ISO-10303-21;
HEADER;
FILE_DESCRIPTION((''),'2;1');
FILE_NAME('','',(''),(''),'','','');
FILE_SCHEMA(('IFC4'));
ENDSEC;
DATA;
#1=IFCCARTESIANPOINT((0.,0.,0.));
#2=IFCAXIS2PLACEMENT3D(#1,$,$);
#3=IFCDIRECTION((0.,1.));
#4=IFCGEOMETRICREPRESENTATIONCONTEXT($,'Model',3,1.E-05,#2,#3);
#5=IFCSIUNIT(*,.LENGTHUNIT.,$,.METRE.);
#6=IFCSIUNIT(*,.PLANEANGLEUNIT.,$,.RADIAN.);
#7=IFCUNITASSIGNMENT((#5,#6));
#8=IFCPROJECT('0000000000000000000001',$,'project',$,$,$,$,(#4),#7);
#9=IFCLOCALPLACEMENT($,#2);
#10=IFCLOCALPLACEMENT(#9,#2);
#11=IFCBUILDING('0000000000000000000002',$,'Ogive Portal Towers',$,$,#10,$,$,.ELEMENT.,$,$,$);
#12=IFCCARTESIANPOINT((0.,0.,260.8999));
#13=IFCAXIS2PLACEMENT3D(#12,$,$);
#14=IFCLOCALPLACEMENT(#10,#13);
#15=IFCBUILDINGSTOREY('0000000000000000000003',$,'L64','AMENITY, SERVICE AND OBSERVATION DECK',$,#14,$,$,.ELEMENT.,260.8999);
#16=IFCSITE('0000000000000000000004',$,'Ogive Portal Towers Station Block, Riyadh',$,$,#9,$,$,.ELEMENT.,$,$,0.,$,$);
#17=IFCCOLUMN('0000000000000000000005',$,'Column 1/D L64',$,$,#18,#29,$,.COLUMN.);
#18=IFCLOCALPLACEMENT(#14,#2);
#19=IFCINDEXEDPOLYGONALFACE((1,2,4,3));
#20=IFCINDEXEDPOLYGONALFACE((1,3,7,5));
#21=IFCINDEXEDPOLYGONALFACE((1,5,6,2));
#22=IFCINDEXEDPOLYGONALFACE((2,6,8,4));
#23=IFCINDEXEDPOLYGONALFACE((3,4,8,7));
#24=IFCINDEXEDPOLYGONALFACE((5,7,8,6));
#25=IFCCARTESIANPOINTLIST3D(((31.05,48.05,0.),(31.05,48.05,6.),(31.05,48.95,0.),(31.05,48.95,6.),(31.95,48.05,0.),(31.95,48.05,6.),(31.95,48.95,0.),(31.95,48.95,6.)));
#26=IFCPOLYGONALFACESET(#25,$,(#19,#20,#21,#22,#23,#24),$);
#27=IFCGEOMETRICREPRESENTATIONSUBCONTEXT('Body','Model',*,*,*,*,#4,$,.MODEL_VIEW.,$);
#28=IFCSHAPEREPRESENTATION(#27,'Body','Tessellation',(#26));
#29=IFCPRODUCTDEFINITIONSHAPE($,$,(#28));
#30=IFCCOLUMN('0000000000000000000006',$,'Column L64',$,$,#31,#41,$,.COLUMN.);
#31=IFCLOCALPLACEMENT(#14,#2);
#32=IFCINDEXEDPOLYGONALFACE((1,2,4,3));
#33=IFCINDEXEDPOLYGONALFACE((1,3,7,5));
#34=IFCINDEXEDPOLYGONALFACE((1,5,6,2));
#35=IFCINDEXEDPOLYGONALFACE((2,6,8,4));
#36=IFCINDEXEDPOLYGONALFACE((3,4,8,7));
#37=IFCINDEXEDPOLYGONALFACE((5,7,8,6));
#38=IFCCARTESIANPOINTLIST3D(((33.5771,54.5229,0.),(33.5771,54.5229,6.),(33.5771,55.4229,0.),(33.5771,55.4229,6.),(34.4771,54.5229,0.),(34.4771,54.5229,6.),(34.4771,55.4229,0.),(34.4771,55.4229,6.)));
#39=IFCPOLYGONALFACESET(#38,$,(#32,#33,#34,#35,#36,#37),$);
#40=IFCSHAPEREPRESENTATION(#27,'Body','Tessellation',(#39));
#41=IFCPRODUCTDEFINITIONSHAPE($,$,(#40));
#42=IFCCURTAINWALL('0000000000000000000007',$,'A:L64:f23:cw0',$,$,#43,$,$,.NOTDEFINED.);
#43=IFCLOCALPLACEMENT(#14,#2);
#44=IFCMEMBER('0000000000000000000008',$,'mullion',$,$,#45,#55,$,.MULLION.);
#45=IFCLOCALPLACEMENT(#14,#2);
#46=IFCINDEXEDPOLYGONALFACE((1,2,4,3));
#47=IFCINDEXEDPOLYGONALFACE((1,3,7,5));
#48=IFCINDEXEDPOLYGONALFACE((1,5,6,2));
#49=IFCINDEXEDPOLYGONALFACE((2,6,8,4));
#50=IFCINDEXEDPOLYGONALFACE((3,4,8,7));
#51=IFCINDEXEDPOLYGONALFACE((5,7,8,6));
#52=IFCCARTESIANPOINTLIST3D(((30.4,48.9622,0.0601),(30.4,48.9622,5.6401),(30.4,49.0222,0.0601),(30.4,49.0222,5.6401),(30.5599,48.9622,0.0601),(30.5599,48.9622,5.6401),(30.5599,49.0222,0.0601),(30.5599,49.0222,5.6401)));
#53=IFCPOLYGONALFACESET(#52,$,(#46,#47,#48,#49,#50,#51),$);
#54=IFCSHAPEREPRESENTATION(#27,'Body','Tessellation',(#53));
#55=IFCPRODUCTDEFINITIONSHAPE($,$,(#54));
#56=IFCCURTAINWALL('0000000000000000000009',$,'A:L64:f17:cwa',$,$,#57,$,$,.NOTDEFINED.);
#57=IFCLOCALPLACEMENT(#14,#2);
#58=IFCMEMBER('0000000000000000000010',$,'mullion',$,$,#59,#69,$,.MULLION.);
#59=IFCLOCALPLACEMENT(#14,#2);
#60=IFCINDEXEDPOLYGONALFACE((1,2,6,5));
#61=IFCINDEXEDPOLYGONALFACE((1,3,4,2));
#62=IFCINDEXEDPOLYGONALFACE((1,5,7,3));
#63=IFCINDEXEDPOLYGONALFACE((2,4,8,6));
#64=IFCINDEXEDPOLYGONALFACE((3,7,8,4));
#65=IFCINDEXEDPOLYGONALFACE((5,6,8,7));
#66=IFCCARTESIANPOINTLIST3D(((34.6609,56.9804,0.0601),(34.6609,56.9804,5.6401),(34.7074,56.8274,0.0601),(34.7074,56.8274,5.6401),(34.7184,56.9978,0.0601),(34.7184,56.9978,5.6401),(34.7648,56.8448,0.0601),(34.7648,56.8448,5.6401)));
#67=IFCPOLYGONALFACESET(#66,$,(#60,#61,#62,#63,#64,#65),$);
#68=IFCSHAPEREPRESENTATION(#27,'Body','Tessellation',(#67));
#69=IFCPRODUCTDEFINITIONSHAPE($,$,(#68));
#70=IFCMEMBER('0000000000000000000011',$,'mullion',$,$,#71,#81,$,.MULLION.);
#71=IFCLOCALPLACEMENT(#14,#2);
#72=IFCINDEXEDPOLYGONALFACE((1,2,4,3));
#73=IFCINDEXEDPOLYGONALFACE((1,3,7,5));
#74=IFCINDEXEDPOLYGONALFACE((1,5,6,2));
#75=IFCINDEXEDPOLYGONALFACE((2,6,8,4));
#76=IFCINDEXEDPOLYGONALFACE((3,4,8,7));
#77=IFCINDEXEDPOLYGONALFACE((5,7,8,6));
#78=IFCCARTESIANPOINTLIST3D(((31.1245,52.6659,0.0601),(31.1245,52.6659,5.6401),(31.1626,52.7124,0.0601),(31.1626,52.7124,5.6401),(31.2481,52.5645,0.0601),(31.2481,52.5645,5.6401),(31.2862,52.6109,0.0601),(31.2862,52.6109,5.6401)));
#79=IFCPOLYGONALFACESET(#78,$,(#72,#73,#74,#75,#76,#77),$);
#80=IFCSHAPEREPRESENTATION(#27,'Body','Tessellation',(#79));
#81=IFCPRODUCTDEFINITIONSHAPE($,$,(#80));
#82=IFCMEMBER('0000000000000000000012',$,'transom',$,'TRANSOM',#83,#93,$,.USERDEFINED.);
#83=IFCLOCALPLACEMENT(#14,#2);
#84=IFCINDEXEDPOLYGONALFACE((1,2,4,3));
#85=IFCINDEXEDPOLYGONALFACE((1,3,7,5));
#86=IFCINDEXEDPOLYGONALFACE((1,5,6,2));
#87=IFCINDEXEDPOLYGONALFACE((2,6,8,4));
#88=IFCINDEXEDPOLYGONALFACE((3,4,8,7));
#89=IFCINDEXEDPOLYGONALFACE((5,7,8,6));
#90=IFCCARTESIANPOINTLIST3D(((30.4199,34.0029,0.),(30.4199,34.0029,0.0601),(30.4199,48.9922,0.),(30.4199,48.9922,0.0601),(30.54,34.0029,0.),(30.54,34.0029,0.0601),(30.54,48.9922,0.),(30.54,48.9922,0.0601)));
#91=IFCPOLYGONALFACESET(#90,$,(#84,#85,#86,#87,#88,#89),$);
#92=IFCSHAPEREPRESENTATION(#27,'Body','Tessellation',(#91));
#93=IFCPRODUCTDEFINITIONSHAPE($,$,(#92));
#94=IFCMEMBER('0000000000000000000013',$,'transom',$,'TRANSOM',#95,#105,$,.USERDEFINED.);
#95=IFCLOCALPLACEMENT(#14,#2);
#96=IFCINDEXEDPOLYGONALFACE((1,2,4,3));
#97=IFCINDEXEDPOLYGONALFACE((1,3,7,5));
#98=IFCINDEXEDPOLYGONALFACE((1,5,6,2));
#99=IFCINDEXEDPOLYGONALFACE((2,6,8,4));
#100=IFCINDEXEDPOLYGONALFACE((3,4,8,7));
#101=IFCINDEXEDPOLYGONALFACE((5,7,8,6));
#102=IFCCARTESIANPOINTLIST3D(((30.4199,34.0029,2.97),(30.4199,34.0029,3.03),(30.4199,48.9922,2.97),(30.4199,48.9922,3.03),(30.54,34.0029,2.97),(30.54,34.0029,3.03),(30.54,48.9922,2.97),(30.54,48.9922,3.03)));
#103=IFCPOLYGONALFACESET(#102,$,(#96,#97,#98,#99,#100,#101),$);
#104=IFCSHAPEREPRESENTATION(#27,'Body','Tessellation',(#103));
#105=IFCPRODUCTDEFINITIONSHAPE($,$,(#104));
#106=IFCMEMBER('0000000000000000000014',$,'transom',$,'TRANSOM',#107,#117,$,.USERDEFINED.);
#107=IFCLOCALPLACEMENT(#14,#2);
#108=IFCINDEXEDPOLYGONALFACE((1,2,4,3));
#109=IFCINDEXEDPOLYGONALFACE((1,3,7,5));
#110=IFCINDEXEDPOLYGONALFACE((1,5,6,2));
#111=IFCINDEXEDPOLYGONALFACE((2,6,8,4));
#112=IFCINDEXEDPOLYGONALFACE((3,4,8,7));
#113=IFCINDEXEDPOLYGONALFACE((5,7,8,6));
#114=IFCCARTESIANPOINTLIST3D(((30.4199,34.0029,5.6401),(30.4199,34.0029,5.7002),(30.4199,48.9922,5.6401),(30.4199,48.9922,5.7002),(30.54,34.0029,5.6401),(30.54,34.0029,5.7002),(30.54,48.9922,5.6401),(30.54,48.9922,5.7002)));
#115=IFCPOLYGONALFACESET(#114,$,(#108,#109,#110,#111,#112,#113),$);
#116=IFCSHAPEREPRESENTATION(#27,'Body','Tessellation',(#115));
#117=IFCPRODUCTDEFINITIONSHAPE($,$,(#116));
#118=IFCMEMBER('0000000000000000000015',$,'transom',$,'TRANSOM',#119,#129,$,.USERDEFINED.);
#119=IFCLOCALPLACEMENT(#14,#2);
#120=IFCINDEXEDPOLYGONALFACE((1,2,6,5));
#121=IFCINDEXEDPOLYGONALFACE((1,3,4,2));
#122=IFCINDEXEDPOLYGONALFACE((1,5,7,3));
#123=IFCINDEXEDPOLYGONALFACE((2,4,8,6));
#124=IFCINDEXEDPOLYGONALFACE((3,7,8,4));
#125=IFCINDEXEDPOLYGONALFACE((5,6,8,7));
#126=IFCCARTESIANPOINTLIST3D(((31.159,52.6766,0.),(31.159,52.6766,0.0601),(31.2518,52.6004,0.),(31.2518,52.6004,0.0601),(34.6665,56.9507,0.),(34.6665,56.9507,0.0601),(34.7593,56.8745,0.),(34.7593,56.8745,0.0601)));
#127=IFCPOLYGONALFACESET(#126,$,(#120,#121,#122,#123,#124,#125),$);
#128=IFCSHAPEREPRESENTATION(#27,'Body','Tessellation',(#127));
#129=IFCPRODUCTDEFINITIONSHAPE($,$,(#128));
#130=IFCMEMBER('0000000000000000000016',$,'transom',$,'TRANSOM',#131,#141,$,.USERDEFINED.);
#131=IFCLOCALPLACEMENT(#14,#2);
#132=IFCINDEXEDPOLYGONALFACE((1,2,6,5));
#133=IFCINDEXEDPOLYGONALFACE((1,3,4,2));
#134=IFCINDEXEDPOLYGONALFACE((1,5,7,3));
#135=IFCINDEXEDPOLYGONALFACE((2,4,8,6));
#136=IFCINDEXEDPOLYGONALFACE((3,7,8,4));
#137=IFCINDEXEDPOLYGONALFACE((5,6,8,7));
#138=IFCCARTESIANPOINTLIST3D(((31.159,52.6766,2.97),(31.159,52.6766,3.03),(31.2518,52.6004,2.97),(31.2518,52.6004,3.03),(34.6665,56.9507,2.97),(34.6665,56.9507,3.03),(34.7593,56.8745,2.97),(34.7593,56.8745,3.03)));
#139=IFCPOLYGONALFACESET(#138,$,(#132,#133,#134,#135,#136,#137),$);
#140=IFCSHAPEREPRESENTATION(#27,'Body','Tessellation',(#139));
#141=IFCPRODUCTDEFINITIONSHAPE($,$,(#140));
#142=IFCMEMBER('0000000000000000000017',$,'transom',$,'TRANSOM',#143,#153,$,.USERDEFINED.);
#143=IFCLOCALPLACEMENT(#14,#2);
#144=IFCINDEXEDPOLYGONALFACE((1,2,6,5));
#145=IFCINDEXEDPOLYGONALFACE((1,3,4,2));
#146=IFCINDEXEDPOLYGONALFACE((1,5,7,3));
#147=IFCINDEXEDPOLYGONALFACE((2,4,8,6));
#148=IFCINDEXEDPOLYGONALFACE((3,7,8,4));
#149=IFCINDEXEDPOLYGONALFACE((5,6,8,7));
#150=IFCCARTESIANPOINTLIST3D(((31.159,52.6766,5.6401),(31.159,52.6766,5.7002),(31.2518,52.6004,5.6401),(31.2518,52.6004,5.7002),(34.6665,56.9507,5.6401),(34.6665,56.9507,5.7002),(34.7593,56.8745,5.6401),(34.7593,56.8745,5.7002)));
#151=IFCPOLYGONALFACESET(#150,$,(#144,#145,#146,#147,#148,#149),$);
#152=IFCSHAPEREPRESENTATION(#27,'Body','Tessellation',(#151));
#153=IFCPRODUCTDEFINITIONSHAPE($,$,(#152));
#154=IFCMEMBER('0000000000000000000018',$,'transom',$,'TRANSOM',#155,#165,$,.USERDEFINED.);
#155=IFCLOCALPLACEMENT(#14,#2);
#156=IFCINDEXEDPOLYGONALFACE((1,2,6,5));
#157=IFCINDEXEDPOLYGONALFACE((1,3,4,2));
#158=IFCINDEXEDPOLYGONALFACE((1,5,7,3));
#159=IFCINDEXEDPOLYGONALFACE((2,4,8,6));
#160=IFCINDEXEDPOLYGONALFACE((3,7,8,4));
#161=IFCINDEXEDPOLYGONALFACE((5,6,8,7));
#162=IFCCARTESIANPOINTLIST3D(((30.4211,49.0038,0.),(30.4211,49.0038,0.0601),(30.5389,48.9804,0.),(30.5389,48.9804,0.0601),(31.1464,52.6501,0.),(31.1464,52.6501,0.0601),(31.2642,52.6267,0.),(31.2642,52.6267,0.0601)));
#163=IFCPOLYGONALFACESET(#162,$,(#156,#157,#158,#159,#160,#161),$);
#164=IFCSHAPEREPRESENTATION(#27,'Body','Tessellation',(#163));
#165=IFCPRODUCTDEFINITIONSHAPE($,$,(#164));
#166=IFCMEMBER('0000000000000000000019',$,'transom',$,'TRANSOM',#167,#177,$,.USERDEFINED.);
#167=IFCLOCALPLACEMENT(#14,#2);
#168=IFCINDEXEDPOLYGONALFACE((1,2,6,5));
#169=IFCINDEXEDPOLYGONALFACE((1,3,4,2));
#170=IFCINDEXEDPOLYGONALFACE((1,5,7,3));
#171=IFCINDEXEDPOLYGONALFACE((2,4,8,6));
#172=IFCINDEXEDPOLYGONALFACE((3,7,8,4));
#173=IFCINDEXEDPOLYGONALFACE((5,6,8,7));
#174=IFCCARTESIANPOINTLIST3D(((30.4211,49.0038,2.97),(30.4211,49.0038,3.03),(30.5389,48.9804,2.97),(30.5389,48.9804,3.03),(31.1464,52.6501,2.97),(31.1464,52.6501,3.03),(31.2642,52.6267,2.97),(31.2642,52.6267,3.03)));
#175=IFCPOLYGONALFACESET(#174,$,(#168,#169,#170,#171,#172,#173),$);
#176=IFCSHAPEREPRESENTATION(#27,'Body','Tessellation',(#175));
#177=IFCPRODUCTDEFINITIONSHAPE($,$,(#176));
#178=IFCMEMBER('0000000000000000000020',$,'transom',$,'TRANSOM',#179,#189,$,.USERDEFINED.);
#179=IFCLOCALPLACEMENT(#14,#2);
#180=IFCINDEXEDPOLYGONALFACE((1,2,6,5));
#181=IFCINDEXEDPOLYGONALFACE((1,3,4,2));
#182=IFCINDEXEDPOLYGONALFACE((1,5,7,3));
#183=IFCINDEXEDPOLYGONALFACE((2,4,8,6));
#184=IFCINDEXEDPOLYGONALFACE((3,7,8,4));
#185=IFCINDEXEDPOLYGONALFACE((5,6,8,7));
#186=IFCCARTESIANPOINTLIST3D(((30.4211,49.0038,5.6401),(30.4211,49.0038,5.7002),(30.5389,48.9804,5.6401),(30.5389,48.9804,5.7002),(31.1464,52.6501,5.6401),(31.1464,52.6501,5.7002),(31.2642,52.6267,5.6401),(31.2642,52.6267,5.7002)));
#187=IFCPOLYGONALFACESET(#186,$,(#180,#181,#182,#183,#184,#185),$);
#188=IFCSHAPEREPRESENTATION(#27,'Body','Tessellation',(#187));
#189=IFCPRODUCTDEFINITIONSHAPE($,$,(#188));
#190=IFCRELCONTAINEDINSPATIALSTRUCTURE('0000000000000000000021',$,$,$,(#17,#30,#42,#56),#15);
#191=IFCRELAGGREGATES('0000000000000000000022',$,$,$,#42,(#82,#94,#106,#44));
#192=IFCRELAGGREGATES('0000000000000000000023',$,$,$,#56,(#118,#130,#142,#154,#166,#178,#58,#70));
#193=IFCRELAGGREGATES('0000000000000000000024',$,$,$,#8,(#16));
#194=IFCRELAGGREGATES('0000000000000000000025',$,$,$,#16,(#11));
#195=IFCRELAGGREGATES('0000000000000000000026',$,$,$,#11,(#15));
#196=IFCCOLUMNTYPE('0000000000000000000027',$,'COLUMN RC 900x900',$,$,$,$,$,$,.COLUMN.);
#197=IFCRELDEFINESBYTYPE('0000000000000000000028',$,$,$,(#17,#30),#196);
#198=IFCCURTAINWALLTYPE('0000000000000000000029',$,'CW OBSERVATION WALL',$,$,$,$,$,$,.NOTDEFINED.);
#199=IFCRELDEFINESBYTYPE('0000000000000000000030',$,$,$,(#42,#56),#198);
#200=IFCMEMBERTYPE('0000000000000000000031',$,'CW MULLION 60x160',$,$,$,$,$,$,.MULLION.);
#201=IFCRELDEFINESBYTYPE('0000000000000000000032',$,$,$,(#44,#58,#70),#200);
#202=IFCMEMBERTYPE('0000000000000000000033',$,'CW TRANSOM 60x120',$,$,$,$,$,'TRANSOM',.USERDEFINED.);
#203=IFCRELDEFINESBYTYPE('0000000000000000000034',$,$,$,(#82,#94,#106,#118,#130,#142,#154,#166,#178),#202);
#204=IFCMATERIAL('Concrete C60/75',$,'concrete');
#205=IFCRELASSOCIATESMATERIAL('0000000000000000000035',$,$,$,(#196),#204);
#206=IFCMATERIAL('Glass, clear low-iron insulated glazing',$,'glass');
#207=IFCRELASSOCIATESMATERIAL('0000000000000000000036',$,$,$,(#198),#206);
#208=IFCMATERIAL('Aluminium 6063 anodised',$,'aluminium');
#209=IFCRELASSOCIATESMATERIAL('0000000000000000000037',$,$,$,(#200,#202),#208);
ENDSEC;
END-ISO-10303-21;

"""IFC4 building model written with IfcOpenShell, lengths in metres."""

from ifc_helpers import new_model, si_unit, direction, frame, origin, origin_2d, place, context, subcontext, project, spatial, rectangle, extrude, material, material_profile, profile_set, type_object, element, aggregate, save


model = new_model("IFC4")

# Units and contexts
model_context = context("Model", 3, precision=1e-05, world=origin(), true_north=direction((0.0, 1.0)))
body_context = subcontext(model_context, "Body", "Model", "MODEL_VIEW")
ifc_project = project(units=[si_unit("LENGTHUNIT", "METRE"), si_unit("PLANEANGLEUNIT", "RADIAN")], contexts=[model_context])

# Site, building, storey
site_placement = place(None, origin())
site = spatial("IfcSite", under=ifc_project, at=site_placement, Name="Ogive Portal Towers Station Block, Riyadh", CompositionType="ELEMENT", RefElevation=0.0)
building_placement = place(site_placement, origin())
building = spatial("IfcBuilding", under=site, at=building_placement, Name="Ogive Portal Towers", CompositionType="ELEMENT")
storey_placement = place(building_placement, frame((0.0, 0.0, 260.8999)))
storey = spatial("IfcBuildingStorey", under=building, at=storey_placement, Name="L64", Description="AMENITY, SERVICE AND OBSERVATION DECK", CompositionType="ELEMENT", Elevation=260.8999)

# Columns
ifc_material_1 = material(Name="Concrete C60/75", Category="concrete")
ifc_material_profile_1 = material_profile(ifc_material_1, rectangle(XDim=0.8999, YDim=0.8999, at=origin_2d()), Name="RC 900x900")
ifc_profile_set_1 = profile_set([ifc_material_profile_1], Name="Concrete C60/75")
column_type = type_object("IfcColumnType", Name="COLUMN RC 900x900", PredefinedType="COLUMN", material=ifc_profile_set_1)
for number, where, z_axis, x_axis, name in (
    (1, (31.5, 48.5, 0.0), (0.0, 0.0, 1.0), (1.0, 0.0, 0.0), "Column 1/D L64"),
    (2, (34.0271, 54.9729, 0.0), (0.0, 0.0, 1.0), (1.0, 0.0, 0.0), "Column L64"),
):
    element("IfcColumn", number, at=place(storey_placement, frame(where, z_axis=z_axis, x_axis=x_axis)), inside=storey, type_object=column_type, Name=name, PredefinedType="COLUMN", context=body_context, shape_type="SweptSolid", body=[
        extrude(rectangle(XDim=0.8999, YDim=0.8999, at=origin_2d()), origin(), (0.0, 0.0, 1.0), 6.0),
    ])

# Curtain wall, member
ifc_material_2 = material(Name="Glass, clear low-iron insulated glazing", Category="glass")
curtain_wall_type = type_object("IfcCurtainWallType", Name="CW OBSERVATION WALL", PredefinedType="NOTDEFINED", material=ifc_material_2)
curtain_wall_1_placement = place(storey_placement, origin())
curtain_wall_1 = element("IfcCurtainWall", 3, at=curtain_wall_1_placement, inside=storey, type_object=curtain_wall_type, Name="A:L64:f23:cw0", PredefinedType="NOTDEFINED")
ifc_material_3 = material(Name="Aluminium 6063 anodised", Category="aluminium")
ifc_material_profile_2 = material_profile(ifc_material_3, rectangle(XDim=0.1599, YDim=0.0601, at=origin_2d()), Name="AL 60x160")
ifc_profile_set_2 = profile_set([ifc_material_profile_2], Name="Aluminium 6063 anodised")
member_type_1 = type_object("IfcMemberType", Name="CW MULLION 60x160", PredefinedType="MULLION", material=ifc_profile_set_2)
member_1_placement = place(storey_placement, frame((30.48, 48.9922, 0.0601), z_axis=(0.0, 0.0, 1.0), x_axis=(1.0, 0.0, 0.0)))
member_1 = element("IfcMember", 4, at=member_1_placement, type_object=member_type_1, Name="mullion", PredefinedType="MULLION", context=body_context, shape_type="SweptSolid", body=[
    extrude(rectangle(XDim=0.1599, YDim=0.0601, at=origin_2d()), origin(), (0.0, 0.0, 1.0), 5.5801),
])

# Curtain wall, members
curtain_wall_2_placement = place(storey_placement, origin())
curtain_wall_2 = element("IfcCurtainWall", 5, at=curtain_wall_2_placement, inside=storey, type_object=curtain_wall_type, Name="A:L64:f17:cwa", PredefinedType="NOTDEFINED")
member_2_placement = place(storey_placement, frame((34.7129, 56.9126, 0.0601), z_axis=(0.0, 0.0, 1.0), x_axis=(0.290285, -0.95694, 0.0)))
member_2 = element("IfcMember", 6, at=member_2_placement, type_object=member_type_1, Name="mullion", PredefinedType="MULLION", context=body_context, shape_type="SweptSolid", body=[
    extrude(rectangle(XDim=0.1599, YDim=0.0601, at=origin_2d()), origin(), (0.0, 0.0, 1.0), 5.5801),
])
member_3_placement = place(storey_placement, frame((31.2053, 52.6384, 0.0601), z_axis=(0.0, 0.0, 1.0), x_axis=(0.77301, -0.634393, 0.0)))
member_3 = element("IfcMember", 7, at=member_3_placement, type_object=member_type_1, Name="mullion", PredefinedType="MULLION", context=body_context, shape_type="SweptSolid", body=[
    extrude(rectangle(XDim=0.1599, YDim=0.0601, at=origin_2d()), origin(), (0.0, 0.0, 1.0), 5.5801),
])

# Members
ifc_material_profile_3 = material_profile(ifc_material_3, rectangle(XDim=0.1201, YDim=0.0601, at=origin_2d()), Name="AL 120x60")
ifc_profile_set_3 = profile_set([ifc_material_profile_3], Name="Aluminium 6063 anodised")
member_type_2 = type_object("IfcMemberType", Name="CW TRANSOM 60x120", ElementType="TRANSOM", PredefinedType="USERDEFINED", material=ifc_profile_set_3)
member_4_placement = place(storey_placement, frame((30.48, 48.9922, 0.03), z_axis=(0.0, -1.0, 0.0), x_axis=(1.0, 0.0, 0.0)))
member_4 = element("IfcMember", 8, at=member_4_placement, type_object=member_type_2, Name="transom", ObjectType="TRANSOM", PredefinedType="USERDEFINED", context=body_context, shape_type="SweptSolid", body=[
    extrude(rectangle(XDim=0.1201, YDim=0.0601, at=origin_2d()), origin(), (0.0, 0.0, 1.0), 14.9893),
])
member_5_placement = place(storey_placement, frame((30.48, 48.9922, 3.0), z_axis=(0.0, -1.0, 0.0), x_axis=(1.0, 0.0, 0.0)))
member_5 = element("IfcMember", 9, at=member_5_placement, type_object=member_type_2, Name="transom", ObjectType="TRANSOM", PredefinedType="USERDEFINED", context=body_context, shape_type="SweptSolid", body=[
    extrude(rectangle(XDim=0.1201, YDim=0.0601, at=origin_2d()), origin(), (0.0, 0.0, 1.0), 14.9893),
])
member_6_placement = place(storey_placement, frame((30.48, 48.9922, 5.6702), z_axis=(0.0, -1.0, 0.0), x_axis=(1.0, 0.0, 0.0)))
member_6 = element("IfcMember", 10, at=member_6_placement, type_object=member_type_2, Name="transom", ObjectType="TRANSOM", PredefinedType="USERDEFINED", context=body_context, shape_type="SweptSolid", body=[
    extrude(rectangle(XDim=0.1201, YDim=0.0601, at=origin_2d()), origin(), (0.0, 0.0, 1.0), 14.9893),
])
member_7_placement = place(storey_placement, frame((34.7129, 56.9126, 0.03), z_axis=(-0.634377, -0.773024, 0.0), x_axis=(0.773024, -0.634377, 0.0)))
member_7 = element("IfcMember", 11, at=member_7_placement, type_object=member_type_2, Name="transom", ObjectType="TRANSOM", PredefinedType="USERDEFINED", context=body_context, shape_type="SweptSolid", body=[
    extrude(rectangle(XDim=0.1201, YDim=0.0601, at=origin_2d()), origin(), (0.0, 0.0, 1.0), 5.5291),
])
member_8_placement = place(storey_placement, frame((34.7129, 56.9126, 3.0), z_axis=(-0.634377, -0.773024, 0.0), x_axis=(0.773024, -0.634377, 0.0)))
member_8 = element("IfcMember", 12, at=member_8_placement, type_object=member_type_2, Name="transom", ObjectType="TRANSOM", PredefinedType="USERDEFINED", context=body_context, shape_type="SweptSolid", body=[
    extrude(rectangle(XDim=0.1201, YDim=0.0601, at=origin_2d()), origin(), (0.0, 0.0, 1.0), 5.5291),
])
member_9_placement = place(storey_placement, frame((34.7129, 56.9126, 5.6702), z_axis=(-0.634377, -0.773024, 0.0), x_axis=(0.773024, -0.634377, 0.0)))
member_9 = element("IfcMember", 13, at=member_9_placement, type_object=member_type_2, Name="transom", ObjectType="TRANSOM", PredefinedType="USERDEFINED", context=body_context, shape_type="SweptSolid", body=[
    extrude(rectangle(XDim=0.1201, YDim=0.0601, at=origin_2d()), origin(), (0.0, 0.0, 1.0), 5.5291),
])
member_10_placement = place(storey_placement, frame((31.2053, 52.6384, 0.03), z_axis=(-0.195106, -0.980782, 0.0), x_axis=(0.980782, -0.195106, 0.0)))
member_10 = element("IfcMember", 14, at=member_10_placement, type_object=member_type_2, Name="transom", ObjectType="TRANSOM", PredefinedType="USERDEFINED", context=body_context, shape_type="SweptSolid", body=[
    extrude(rectangle(XDim=0.1201, YDim=0.0601, at=origin_2d()), origin(), (0.0, 0.0, 1.0), 3.7178),
])
member_11_placement = place(storey_placement, frame((31.2053, 52.6384, 3.0), z_axis=(-0.195106, -0.980782, 0.0), x_axis=(0.980782, -0.195106, 0.0)))
member_11 = element("IfcMember", 15, at=member_11_placement, type_object=member_type_2, Name="transom", ObjectType="TRANSOM", PredefinedType="USERDEFINED", context=body_context, shape_type="SweptSolid", body=[
    extrude(rectangle(XDim=0.1201, YDim=0.0601, at=origin_2d()), origin(), (0.0, 0.0, 1.0), 3.7178),
])
member_12_placement = place(storey_placement, frame((31.2053, 52.6384, 5.6702), z_axis=(-0.195106, -0.980782, 0.0), x_axis=(0.980782, -0.195106, 0.0)))
member_12 = element("IfcMember", 16, at=member_12_placement, type_object=member_type_2, Name="transom", ObjectType="TRANSOM", PredefinedType="USERDEFINED", context=body_context, shape_type="SweptSolid", body=[
    extrude(rectangle(XDim=0.1201, YDim=0.0601, at=origin_2d()), origin(), (0.0, 0.0, 1.0), 3.7178),
])

aggregate(curtain_wall_1, [member_4, member_5, member_6, member_1])
aggregate(curtain_wall_2, [member_7, member_8, member_9, member_10, member_11, member_12, member_2, member_3])

save(model, "model.ifc")
